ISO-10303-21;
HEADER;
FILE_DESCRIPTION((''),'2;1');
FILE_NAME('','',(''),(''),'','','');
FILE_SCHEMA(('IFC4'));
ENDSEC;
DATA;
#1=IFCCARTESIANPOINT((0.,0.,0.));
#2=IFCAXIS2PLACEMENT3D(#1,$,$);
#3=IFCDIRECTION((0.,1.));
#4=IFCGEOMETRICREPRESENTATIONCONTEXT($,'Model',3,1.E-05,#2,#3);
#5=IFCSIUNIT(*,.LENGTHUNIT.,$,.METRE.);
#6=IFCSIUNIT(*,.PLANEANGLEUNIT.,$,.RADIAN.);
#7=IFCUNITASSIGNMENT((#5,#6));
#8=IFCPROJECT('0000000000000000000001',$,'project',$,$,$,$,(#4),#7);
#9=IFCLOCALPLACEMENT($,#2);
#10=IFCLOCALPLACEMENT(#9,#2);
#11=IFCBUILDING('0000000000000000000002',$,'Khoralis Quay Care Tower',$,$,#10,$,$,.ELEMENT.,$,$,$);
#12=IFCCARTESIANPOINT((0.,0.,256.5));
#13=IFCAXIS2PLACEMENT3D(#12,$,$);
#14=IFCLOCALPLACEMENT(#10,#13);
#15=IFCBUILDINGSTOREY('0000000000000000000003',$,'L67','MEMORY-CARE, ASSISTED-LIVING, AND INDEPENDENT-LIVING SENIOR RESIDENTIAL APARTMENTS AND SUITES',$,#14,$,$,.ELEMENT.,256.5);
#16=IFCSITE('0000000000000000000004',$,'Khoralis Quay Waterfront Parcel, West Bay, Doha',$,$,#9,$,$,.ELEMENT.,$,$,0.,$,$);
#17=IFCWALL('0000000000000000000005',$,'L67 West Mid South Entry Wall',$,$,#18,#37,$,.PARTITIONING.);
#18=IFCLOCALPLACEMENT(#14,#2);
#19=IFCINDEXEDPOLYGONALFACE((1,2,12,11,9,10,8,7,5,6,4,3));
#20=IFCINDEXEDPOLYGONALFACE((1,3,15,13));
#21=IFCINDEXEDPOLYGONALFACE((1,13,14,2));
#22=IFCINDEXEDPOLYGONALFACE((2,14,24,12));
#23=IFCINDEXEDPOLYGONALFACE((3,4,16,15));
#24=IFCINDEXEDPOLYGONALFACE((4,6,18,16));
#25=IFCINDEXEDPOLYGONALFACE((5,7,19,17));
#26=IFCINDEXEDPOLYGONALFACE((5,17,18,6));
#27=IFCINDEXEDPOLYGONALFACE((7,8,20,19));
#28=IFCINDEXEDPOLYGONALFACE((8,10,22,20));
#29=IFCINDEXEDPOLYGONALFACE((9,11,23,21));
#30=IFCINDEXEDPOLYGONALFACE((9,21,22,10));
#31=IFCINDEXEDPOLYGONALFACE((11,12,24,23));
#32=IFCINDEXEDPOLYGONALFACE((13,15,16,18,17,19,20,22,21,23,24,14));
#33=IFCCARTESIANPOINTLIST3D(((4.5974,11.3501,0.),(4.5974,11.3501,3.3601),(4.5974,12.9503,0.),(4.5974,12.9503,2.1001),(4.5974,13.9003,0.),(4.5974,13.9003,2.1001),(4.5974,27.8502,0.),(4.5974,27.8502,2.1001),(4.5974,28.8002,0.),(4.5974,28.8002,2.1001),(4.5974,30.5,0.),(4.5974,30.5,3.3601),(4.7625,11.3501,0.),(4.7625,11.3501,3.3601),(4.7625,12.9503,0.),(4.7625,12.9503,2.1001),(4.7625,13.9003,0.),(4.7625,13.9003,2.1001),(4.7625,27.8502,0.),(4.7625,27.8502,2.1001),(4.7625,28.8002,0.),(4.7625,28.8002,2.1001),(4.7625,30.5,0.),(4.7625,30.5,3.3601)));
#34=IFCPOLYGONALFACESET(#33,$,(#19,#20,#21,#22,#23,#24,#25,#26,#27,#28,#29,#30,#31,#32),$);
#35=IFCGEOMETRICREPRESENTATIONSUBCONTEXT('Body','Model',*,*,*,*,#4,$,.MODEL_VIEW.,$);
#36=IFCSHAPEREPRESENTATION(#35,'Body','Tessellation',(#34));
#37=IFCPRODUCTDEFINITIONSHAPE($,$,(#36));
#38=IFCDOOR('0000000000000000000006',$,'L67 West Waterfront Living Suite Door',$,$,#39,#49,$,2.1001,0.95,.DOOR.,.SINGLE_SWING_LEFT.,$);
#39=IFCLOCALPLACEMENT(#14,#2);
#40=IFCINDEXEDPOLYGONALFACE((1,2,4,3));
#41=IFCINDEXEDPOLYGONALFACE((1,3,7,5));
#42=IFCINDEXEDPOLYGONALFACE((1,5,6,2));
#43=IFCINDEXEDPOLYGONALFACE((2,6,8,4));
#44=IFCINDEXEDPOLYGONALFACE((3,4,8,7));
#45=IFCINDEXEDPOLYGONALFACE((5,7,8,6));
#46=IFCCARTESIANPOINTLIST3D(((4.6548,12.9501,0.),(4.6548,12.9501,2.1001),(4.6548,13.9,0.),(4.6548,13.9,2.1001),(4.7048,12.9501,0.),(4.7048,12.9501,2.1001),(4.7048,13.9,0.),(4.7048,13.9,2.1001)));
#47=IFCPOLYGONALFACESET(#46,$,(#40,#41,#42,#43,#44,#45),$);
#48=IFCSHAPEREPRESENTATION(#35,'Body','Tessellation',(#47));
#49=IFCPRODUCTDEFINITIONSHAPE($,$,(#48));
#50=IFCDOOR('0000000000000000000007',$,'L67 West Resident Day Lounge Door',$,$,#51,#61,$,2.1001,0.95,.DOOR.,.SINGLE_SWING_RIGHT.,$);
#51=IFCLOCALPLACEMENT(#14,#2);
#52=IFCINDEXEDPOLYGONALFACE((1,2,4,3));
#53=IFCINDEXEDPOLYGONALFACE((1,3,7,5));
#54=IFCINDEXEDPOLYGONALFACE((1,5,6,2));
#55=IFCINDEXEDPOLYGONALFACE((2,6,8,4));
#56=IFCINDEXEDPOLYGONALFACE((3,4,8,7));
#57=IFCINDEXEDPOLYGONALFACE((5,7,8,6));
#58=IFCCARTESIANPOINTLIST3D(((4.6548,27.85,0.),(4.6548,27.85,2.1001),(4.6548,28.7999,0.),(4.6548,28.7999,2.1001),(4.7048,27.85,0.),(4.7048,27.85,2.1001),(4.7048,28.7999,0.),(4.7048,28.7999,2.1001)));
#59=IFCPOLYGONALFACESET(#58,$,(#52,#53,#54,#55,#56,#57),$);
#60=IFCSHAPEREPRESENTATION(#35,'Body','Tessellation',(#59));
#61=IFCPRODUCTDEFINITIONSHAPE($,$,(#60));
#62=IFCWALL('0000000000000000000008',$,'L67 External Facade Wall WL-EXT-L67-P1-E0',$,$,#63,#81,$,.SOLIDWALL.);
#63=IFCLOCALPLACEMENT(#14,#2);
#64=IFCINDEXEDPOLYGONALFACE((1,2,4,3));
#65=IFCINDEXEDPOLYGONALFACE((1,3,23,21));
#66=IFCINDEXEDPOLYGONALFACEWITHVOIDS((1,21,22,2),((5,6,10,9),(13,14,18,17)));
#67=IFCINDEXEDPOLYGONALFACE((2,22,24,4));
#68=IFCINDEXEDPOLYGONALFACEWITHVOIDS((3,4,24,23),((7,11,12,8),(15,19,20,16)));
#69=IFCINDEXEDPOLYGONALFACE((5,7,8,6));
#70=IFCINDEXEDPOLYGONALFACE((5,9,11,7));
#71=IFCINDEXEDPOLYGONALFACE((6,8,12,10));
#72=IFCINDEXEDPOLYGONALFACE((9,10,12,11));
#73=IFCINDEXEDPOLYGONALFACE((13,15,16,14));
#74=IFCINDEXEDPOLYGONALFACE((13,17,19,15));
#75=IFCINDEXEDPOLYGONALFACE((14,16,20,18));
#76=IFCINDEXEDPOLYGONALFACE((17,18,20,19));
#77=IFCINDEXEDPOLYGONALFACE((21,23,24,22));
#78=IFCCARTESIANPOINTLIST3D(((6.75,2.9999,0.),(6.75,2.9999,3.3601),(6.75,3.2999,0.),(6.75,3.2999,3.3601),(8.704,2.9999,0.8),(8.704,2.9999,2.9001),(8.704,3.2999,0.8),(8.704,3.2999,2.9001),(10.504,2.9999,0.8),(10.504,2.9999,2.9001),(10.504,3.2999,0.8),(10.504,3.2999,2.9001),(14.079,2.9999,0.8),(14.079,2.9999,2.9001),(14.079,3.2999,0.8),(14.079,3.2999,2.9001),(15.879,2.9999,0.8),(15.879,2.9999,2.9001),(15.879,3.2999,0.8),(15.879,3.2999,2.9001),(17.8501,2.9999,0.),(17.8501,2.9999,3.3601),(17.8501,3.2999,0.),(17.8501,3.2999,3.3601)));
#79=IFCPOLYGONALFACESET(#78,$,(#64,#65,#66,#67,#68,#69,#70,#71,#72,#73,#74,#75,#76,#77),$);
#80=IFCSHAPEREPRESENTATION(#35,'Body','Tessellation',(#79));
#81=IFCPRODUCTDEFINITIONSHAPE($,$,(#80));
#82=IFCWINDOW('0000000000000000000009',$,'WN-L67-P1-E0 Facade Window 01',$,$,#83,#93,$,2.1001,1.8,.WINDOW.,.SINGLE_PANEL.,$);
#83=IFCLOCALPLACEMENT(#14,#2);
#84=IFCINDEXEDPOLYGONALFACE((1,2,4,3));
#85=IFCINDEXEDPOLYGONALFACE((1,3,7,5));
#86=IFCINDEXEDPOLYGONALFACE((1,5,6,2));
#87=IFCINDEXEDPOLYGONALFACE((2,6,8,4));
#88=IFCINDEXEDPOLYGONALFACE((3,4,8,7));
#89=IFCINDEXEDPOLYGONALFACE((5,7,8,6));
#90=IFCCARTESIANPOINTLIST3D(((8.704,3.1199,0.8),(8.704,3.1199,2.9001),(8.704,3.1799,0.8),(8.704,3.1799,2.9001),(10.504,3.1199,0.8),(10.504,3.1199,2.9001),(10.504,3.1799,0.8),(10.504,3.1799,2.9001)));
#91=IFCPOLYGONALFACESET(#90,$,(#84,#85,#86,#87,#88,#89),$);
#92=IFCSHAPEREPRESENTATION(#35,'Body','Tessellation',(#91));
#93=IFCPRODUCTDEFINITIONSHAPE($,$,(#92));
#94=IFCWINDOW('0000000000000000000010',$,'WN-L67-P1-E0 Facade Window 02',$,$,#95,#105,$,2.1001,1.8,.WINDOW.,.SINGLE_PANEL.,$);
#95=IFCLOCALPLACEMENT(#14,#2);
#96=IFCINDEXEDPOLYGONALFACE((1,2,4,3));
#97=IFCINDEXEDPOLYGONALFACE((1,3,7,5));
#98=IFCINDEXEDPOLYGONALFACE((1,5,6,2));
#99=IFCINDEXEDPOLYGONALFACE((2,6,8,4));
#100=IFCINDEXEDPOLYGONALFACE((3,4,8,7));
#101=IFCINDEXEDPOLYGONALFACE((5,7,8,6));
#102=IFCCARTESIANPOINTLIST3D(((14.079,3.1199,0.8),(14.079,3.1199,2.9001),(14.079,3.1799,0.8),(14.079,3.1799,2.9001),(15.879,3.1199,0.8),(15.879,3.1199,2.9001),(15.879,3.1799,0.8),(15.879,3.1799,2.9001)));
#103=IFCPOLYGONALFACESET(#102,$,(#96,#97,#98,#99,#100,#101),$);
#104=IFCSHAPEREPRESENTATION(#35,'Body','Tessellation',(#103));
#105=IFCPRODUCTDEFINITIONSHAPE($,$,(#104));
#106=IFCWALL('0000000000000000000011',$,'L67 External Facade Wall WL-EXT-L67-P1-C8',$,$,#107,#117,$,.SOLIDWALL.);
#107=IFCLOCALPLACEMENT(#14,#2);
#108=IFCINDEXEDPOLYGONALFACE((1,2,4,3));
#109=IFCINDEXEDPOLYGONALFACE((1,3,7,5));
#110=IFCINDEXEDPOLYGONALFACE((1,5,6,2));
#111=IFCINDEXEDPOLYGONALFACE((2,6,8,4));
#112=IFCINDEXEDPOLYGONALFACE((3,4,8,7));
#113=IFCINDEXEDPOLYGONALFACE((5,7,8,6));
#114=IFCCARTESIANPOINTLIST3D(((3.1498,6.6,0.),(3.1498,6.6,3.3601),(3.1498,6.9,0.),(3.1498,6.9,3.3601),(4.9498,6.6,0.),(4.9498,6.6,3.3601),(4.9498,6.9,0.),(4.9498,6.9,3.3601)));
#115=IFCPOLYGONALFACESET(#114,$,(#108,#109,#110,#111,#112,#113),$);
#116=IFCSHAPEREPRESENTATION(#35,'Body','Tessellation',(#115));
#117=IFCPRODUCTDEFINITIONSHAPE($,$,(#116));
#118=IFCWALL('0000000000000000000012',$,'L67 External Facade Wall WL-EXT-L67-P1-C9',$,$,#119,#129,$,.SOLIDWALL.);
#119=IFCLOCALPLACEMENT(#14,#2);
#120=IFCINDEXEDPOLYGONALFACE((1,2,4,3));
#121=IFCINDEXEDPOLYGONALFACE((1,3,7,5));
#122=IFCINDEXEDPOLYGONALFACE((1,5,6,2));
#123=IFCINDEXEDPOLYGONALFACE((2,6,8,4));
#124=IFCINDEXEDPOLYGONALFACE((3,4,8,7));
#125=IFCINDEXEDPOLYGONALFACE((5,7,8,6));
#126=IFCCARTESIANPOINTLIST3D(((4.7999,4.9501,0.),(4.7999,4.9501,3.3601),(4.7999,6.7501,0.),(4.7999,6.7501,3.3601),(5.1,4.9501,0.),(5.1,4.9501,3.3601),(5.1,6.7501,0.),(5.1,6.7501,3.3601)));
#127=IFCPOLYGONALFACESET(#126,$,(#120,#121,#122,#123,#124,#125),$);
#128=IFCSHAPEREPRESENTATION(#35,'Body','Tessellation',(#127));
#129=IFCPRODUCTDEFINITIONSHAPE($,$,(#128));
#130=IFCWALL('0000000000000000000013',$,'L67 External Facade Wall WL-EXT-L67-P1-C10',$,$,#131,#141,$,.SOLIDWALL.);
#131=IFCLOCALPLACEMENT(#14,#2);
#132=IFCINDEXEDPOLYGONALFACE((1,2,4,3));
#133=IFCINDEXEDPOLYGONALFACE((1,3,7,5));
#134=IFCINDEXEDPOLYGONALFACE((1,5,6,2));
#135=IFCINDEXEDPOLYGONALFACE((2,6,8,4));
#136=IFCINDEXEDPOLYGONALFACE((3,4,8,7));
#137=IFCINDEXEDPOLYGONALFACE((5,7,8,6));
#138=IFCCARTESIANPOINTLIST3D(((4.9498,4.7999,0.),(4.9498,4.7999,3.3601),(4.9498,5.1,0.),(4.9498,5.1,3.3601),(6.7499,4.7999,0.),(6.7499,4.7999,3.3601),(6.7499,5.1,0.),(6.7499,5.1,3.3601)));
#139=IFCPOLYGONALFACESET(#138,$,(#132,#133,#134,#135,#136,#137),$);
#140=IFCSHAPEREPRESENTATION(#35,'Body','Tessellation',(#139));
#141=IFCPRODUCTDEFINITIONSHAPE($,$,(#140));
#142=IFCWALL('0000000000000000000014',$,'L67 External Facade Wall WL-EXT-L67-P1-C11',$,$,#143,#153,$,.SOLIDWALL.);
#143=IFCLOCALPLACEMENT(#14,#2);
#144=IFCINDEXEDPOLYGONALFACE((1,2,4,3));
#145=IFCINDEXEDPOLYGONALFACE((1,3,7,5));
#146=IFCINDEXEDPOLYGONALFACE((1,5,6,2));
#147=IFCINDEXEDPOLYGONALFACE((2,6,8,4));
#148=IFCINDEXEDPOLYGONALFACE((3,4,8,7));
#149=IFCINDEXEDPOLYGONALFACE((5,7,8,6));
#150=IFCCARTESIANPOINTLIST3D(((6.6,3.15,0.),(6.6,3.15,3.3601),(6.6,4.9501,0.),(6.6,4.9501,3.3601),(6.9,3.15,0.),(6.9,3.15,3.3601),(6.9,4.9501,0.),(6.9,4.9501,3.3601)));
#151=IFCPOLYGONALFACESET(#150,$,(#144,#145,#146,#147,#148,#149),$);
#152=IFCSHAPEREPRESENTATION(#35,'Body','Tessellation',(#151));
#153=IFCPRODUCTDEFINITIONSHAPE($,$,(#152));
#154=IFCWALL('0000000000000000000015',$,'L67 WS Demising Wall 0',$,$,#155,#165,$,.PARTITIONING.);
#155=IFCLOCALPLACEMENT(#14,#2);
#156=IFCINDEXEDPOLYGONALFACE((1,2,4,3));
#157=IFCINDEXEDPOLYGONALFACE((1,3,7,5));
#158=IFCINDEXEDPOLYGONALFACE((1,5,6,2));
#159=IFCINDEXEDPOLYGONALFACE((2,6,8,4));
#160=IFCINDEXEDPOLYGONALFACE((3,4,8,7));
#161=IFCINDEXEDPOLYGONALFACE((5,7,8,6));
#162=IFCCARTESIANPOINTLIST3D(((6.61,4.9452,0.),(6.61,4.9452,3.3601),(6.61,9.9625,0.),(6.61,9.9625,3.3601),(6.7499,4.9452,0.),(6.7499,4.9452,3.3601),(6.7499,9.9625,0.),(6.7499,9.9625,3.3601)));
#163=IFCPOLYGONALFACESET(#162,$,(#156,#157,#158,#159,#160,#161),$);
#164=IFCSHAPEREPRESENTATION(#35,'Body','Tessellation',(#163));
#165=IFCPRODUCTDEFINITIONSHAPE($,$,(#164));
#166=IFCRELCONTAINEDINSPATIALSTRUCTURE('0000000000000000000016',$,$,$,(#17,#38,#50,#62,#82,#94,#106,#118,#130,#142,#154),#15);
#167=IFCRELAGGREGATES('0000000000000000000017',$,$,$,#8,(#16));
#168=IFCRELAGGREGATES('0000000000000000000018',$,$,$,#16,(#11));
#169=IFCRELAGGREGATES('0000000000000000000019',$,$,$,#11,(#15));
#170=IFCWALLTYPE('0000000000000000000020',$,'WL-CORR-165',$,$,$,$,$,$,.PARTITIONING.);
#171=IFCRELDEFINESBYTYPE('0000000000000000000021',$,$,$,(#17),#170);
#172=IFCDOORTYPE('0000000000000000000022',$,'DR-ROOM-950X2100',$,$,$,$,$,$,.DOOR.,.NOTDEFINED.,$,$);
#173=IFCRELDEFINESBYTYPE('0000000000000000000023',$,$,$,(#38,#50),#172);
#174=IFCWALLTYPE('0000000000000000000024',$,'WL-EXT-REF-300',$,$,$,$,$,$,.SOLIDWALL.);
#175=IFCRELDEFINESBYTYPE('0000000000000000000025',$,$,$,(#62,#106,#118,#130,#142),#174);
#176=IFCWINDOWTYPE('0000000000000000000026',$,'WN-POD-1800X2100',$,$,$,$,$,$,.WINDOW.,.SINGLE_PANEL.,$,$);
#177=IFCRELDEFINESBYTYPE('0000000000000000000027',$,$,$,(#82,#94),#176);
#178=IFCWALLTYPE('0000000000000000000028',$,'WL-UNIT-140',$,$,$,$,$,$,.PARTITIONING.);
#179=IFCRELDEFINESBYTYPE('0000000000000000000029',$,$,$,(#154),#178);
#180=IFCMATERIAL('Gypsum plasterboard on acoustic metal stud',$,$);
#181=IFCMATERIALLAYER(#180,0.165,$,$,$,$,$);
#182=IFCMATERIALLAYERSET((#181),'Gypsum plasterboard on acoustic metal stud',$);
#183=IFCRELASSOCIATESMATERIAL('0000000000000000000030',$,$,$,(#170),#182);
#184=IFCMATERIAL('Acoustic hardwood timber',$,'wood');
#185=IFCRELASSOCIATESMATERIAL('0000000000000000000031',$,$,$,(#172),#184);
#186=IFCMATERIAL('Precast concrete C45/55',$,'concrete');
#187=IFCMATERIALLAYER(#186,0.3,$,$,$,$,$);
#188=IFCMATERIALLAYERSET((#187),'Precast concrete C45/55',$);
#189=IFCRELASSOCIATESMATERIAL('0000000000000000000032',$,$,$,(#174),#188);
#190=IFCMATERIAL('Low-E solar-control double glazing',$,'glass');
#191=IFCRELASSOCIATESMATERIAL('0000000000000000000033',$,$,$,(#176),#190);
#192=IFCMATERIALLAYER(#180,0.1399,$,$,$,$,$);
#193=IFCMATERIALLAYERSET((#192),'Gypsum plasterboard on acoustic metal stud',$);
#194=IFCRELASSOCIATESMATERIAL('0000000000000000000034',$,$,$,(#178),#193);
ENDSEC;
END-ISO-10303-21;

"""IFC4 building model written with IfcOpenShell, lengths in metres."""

from ifc_helpers import new_model, si_unit, direction, frame, frame_2d, origin, place, context, subcontext, project, spatial, rectangle, extrude, source, transform, mapped, material, layer, layer_set, type_object, element, fill, save


model = new_model("IFC4")

# Units and contexts
model_context = context("Model", 3, precision=1e-05, world=origin(), true_north=direction((0.0, 1.0)))
body_context = subcontext(model_context, "Body", "Model", "MODEL_VIEW")
ifc_project = project(units=[si_unit("LENGTHUNIT", "METRE"), si_unit("PLANEANGLEUNIT", "RADIAN")], contexts=[model_context])

# Site, building, storey
site_placement = place(None, origin())
site = spatial("IfcSite", under=ifc_project, at=site_placement, Name="Khoralis Quay Waterfront Parcel, West Bay, Doha", CompositionType="ELEMENT", RefElevation=0.0)
building_placement = place(site_placement, origin())
building = spatial("IfcBuilding", under=site, at=building_placement, Name="Khoralis Quay Care Tower", CompositionType="ELEMENT")
storey_placement = place(building_placement, frame((0.0, 0.0, 256.5)))
storey = spatial("IfcBuildingStorey", under=building, at=storey_placement, Name="L67", Description="MEMORY-CARE, ASSISTED-LIVING, AND INDEPENDENT-LIVING SENIOR RESIDENTIAL APARTMENTS AND SUITES", CompositionType="ELEMENT", Elevation=256.5)

# Shared definitions
ifc_material_1 = material(Name="Precast concrete C45/55", Category="concrete")

# Shared definitions
ifc_material_2 = material(Name="Gypsum plasterboard on acoustic metal stud")

# Wall, openings, doors
ifc_layer_1 = layer(ifc_material_2, 0.165)
ifc_layer_set_1 = layer_set([ifc_layer_1], Name="Gypsum plasterboard on acoustic metal stud")
wall_type_1 = type_object("IfcWallType", Name="WL-CORR-165", PredefinedType="PARTITIONING", material=ifc_layer_set_1)
ifc_material_3 = material(Name="Acoustic hardwood timber", Category="wood")
door_type_1 = type_object("IfcDoorType", Name="DR-ROOM-950X2100", OperationType="NOTDEFINED", PredefinedType="DOOR", material=ifc_material_3)
shared_shape_1 = source(origin(), body_context, "Body", "SweptSolid", [
    extrude(rectangle(XDim=0.95, YDim=2.1001, at=frame_2d((0.4751, 1.05))), frame((0.0, 0.0249, 0.0), z_axis=(0.0, -1.0, 0.0), x_axis=(1.0, 0.0, 0.0)), (0.0, 0.0, 1.0), 0.05),
])
wall_1_placement = place(storey_placement, frame((4.6799, 11.3501, 0.0), z_axis=(0.0, 0.0, 1.0), x_axis=(0.0, 1.0, 0.0)))
wall_1 = element("IfcWall", 1, at=wall_1_placement, inside=storey, type_object=wall_type_1, Name="L67 West Mid South Entry Wall", PredefinedType="PARTITIONING", context=body_context, shape_type="SweptSolid", body=[
    extrude(rectangle(XDim=19.1499, YDim=0.165, at=frame_2d((9.575, 0.0))), origin(), (0.0, 0.0, 1.0), 3.3601),
])
opening_1_placement = place(wall_1_placement, frame((1.6001, 0.0, 0.0)))
opening_1 = element("IfcOpeningElement", 2, at=opening_1_placement, cuts=wall_1, PredefinedType="OPENING", context=body_context, shape_type="SweptSolid", body=[
    extrude(rectangle(XDim=0.95, YDim=2.1001, at=frame_2d((0.4751, 1.05))), frame((0.0, 0.0925, 0.0), z_axis=(0.0, -1.0, 0.0), x_axis=(1.0, 0.0, 0.0)), (0.0, 0.0, 1.0), 0.1851),
])
opening_2_placement = place(wall_1_placement, frame((16.5, 0.0, 0.0)))
opening_2 = element("IfcOpeningElement", 3, at=opening_2_placement, cuts=wall_1, PredefinedType="OPENING", context=body_context, shape_type="SweptSolid", body=[
    extrude(rectangle(XDim=0.95, YDim=2.1001, at=frame_2d((0.4751, 1.05))), frame((0.0, 0.0925, 0.0), z_axis=(0.0, -1.0, 0.0), x_axis=(1.0, 0.0, 0.0)), (0.0, 0.0, 1.0), 0.1851),
])
door_1_placement = place(opening_1_placement, frame((0.95, 0.0, 0.0), z_axis=(0.0, 0.0, 1.0), x_axis=(-1.0, 0.0, 0.0)))
door_1 = element("IfcDoor", 4, at=door_1_placement, inside=storey, type_object=door_type_1, Name="L67 West Waterfront Living Suite Door", OperationType="SINGLE_SWING_LEFT", OverallHeight=2.1001, OverallWidth=0.95, PredefinedType="DOOR", context=body_context, shape_type="MappedRepresentation", body=[
    mapped(shared_shape_1, transform((0.0, 0.0, 0.0), scale=1.0)),
])
fill(opening_1, door_1)
door_2_placement = place(opening_2_placement, frame((0.95, 0.0, 0.0), z_axis=(0.0, 0.0, 1.0), x_axis=(-1.0, 0.0, 0.0)))
door_2 = element("IfcDoor", 5, at=door_2_placement, inside=storey, type_object=door_type_1, Name="L67 West Resident Day Lounge Door", OperationType="SINGLE_SWING_RIGHT", OverallHeight=2.1001, OverallWidth=0.95, PredefinedType="DOOR", context=body_context, shape_type="MappedRepresentation", body=[
    mapped(shared_shape_1, transform((0.0, 0.0, 0.0), scale=1.0)),
])
fill(opening_2, door_2)

# Wall, openings, windows
ifc_layer_2 = layer(ifc_material_1, 0.3)
ifc_layer_set_2 = layer_set([ifc_layer_2], Name="Precast concrete C45/55")
wall_type_2 = type_object("IfcWallType", Name="WL-EXT-REF-300", PredefinedType="SOLIDWALL", material=ifc_layer_set_2)
wall_2_placement = place(storey_placement, frame((6.75, 3.1499, 0.0), z_axis=(0.0, 0.0, 1.0), x_axis=(1.0, 0.0, 0.0)))
wall_2 = element("IfcWall", 6, at=wall_2_placement, inside=storey, type_object=wall_type_2, Name="L67 External Facade Wall WL-EXT-L67-P1-E0", PredefinedType="SOLIDWALL", context=body_context, shape_type="SweptSolid", body=[
    extrude(rectangle(XDim=11.1001, YDim=0.3, at=frame_2d((5.55, 0.0))), origin(), (0.0, 0.0, 1.0), 3.3601),
])
opening_3_placement = place(wall_2_placement, frame((1.9541, 0.0, 0.8)))
opening_3 = element("IfcOpeningElement", 7, at=opening_3_placement, cuts=wall_2, PredefinedType="OPENING", context=body_context, shape_type="SweptSolid", body=[
    extrude(rectangle(XDim=1.8, YDim=2.1001, at=frame_2d((0.8999, 1.05))), frame((0.0, 0.1602, 0.0), z_axis=(0.0, -1.0, 0.0), x_axis=(1.0, 0.0, 0.0)), (0.0, 0.0, 1.0), 0.3201),
])
opening_4_placement = place(wall_2_placement, frame((7.3291, 0.0, 0.8)))
opening_4 = element("IfcOpeningElement", 8, at=opening_4_placement, cuts=wall_2, PredefinedType="OPENING", context=body_context, shape_type="SweptSolid", body=[
    extrude(rectangle(XDim=1.8, YDim=2.1001, at=frame_2d((0.8999, 1.05))), frame((0.0, 0.1602, 0.0), z_axis=(0.0, -1.0, 0.0), x_axis=(1.0, 0.0, 0.0)), (0.0, 0.0, 1.0), 0.3201),
])
ifc_material_4 = material(Name="Low-E solar-control double glazing", Category="glass")
window_type = type_object("IfcWindowType", Name="WN-POD-1800X2100", PartitioningType="SINGLE_PANEL", PredefinedType="WINDOW", material=ifc_material_4)
shared_shape_2 = source(origin(), body_context, "Body", "SweptSolid", [
    extrude(rectangle(XDim=1.8, YDim=2.1001, at=frame_2d((0.8999, 1.05))), frame((0.0, 0.03, 0.0), z_axis=(0.0, -1.0, 0.0), x_axis=(1.0, 0.0, 0.0)), (0.0, 0.0, 1.0), 0.0601),
])
window_1_placement = place(opening_3_placement, origin())
window_1 = element("IfcWindow", 9, at=window_1_placement, inside=storey, type_object=window_type, Name="WN-L67-P1-E0 Facade Window 01", OverallHeight=2.1001, OverallWidth=1.8, PartitioningType="SINGLE_PANEL", PredefinedType="WINDOW", context=body_context, shape_type="MappedRepresentation", body=[
    mapped(shared_shape_2, transform((0.0, 0.0, 0.0), scale=1.0)),
])
fill(opening_3, window_1)
window_2_placement = place(opening_4_placement, origin())
window_2 = element("IfcWindow", 10, at=window_2_placement, inside=storey, type_object=window_type, Name="WN-L67-P1-E0 Facade Window 02", OverallHeight=2.1001, OverallWidth=1.8, PartitioningType="SINGLE_PANEL", PredefinedType="WINDOW", context=body_context, shape_type="MappedRepresentation", body=[
    mapped(shared_shape_2, transform((0.0, 0.0, 0.0), scale=1.0)),
])
fill(opening_4, window_2)

# Walls
for number, where, z_axis, x_axis, name in (
    (11, (3.1499, 6.75, 0.0), (0.0, 0.0, 1.0), (1.0, 0.0, 0.0), "L67 External Facade Wall WL-EXT-L67-P1-C8"),
    (12, (4.95, 6.75, 0.0), (0.0, 0.0, 1.0), (0.0, -1.0, 0.0), "L67 External Facade Wall WL-EXT-L67-P1-C9"),
    (13, (4.95, 4.95, 0.0), (0.0, 0.0, 1.0), (1.0, 0.0, 0.0), "L67 External Facade Wall WL-EXT-L67-P1-C10"),
    (14, (6.75, 4.95, 0.0), (0.0, 0.0, 1.0), (0.0, -1.0, 0.0), "L67 External Facade Wall WL-EXT-L67-P1-C11"),
):
    element("IfcWall", number, at=place(storey_placement, frame(where, z_axis=z_axis, x_axis=x_axis)), inside=storey, type_object=wall_type_2, Name=name, PredefinedType="SOLIDWALL", context=body_context, shape_type="SweptSolid", body=[
        extrude(rectangle(XDim=1.8, YDim=0.3, at=frame_2d((0.8999, 0.0))), origin(), (0.0, 0.0, 1.0), 3.3601),
    ])
ifc_layer_3 = layer(ifc_material_2, 0.1399)
ifc_layer_set_3 = layer_set([ifc_layer_3], Name="Gypsum plasterboard on acoustic metal stud")
wall_type_3 = type_object("IfcWallType", Name="WL-UNIT-140", PredefinedType="PARTITIONING", material=ifc_layer_set_3)
wall_3_placement = place(storey_placement, frame((6.6799, 4.9451, 0.0), z_axis=(0.0, 0.0, 1.0), x_axis=(0.0, 1.0, 0.0)))
element("IfcWall", 15, at=wall_3_placement, inside=storey, type_object=wall_type_3, Name="L67 WS Demising Wall 0", PredefinedType="PARTITIONING", context=body_context, shape_type="SweptSolid", body=[
    extrude(rectangle(XDim=5.0173, YDim=0.1399, at=frame_2d((2.5088, 0.0))), origin(), (0.0, 0.0, 1.0), 3.3601),
])

save(model, "model.ifc")
